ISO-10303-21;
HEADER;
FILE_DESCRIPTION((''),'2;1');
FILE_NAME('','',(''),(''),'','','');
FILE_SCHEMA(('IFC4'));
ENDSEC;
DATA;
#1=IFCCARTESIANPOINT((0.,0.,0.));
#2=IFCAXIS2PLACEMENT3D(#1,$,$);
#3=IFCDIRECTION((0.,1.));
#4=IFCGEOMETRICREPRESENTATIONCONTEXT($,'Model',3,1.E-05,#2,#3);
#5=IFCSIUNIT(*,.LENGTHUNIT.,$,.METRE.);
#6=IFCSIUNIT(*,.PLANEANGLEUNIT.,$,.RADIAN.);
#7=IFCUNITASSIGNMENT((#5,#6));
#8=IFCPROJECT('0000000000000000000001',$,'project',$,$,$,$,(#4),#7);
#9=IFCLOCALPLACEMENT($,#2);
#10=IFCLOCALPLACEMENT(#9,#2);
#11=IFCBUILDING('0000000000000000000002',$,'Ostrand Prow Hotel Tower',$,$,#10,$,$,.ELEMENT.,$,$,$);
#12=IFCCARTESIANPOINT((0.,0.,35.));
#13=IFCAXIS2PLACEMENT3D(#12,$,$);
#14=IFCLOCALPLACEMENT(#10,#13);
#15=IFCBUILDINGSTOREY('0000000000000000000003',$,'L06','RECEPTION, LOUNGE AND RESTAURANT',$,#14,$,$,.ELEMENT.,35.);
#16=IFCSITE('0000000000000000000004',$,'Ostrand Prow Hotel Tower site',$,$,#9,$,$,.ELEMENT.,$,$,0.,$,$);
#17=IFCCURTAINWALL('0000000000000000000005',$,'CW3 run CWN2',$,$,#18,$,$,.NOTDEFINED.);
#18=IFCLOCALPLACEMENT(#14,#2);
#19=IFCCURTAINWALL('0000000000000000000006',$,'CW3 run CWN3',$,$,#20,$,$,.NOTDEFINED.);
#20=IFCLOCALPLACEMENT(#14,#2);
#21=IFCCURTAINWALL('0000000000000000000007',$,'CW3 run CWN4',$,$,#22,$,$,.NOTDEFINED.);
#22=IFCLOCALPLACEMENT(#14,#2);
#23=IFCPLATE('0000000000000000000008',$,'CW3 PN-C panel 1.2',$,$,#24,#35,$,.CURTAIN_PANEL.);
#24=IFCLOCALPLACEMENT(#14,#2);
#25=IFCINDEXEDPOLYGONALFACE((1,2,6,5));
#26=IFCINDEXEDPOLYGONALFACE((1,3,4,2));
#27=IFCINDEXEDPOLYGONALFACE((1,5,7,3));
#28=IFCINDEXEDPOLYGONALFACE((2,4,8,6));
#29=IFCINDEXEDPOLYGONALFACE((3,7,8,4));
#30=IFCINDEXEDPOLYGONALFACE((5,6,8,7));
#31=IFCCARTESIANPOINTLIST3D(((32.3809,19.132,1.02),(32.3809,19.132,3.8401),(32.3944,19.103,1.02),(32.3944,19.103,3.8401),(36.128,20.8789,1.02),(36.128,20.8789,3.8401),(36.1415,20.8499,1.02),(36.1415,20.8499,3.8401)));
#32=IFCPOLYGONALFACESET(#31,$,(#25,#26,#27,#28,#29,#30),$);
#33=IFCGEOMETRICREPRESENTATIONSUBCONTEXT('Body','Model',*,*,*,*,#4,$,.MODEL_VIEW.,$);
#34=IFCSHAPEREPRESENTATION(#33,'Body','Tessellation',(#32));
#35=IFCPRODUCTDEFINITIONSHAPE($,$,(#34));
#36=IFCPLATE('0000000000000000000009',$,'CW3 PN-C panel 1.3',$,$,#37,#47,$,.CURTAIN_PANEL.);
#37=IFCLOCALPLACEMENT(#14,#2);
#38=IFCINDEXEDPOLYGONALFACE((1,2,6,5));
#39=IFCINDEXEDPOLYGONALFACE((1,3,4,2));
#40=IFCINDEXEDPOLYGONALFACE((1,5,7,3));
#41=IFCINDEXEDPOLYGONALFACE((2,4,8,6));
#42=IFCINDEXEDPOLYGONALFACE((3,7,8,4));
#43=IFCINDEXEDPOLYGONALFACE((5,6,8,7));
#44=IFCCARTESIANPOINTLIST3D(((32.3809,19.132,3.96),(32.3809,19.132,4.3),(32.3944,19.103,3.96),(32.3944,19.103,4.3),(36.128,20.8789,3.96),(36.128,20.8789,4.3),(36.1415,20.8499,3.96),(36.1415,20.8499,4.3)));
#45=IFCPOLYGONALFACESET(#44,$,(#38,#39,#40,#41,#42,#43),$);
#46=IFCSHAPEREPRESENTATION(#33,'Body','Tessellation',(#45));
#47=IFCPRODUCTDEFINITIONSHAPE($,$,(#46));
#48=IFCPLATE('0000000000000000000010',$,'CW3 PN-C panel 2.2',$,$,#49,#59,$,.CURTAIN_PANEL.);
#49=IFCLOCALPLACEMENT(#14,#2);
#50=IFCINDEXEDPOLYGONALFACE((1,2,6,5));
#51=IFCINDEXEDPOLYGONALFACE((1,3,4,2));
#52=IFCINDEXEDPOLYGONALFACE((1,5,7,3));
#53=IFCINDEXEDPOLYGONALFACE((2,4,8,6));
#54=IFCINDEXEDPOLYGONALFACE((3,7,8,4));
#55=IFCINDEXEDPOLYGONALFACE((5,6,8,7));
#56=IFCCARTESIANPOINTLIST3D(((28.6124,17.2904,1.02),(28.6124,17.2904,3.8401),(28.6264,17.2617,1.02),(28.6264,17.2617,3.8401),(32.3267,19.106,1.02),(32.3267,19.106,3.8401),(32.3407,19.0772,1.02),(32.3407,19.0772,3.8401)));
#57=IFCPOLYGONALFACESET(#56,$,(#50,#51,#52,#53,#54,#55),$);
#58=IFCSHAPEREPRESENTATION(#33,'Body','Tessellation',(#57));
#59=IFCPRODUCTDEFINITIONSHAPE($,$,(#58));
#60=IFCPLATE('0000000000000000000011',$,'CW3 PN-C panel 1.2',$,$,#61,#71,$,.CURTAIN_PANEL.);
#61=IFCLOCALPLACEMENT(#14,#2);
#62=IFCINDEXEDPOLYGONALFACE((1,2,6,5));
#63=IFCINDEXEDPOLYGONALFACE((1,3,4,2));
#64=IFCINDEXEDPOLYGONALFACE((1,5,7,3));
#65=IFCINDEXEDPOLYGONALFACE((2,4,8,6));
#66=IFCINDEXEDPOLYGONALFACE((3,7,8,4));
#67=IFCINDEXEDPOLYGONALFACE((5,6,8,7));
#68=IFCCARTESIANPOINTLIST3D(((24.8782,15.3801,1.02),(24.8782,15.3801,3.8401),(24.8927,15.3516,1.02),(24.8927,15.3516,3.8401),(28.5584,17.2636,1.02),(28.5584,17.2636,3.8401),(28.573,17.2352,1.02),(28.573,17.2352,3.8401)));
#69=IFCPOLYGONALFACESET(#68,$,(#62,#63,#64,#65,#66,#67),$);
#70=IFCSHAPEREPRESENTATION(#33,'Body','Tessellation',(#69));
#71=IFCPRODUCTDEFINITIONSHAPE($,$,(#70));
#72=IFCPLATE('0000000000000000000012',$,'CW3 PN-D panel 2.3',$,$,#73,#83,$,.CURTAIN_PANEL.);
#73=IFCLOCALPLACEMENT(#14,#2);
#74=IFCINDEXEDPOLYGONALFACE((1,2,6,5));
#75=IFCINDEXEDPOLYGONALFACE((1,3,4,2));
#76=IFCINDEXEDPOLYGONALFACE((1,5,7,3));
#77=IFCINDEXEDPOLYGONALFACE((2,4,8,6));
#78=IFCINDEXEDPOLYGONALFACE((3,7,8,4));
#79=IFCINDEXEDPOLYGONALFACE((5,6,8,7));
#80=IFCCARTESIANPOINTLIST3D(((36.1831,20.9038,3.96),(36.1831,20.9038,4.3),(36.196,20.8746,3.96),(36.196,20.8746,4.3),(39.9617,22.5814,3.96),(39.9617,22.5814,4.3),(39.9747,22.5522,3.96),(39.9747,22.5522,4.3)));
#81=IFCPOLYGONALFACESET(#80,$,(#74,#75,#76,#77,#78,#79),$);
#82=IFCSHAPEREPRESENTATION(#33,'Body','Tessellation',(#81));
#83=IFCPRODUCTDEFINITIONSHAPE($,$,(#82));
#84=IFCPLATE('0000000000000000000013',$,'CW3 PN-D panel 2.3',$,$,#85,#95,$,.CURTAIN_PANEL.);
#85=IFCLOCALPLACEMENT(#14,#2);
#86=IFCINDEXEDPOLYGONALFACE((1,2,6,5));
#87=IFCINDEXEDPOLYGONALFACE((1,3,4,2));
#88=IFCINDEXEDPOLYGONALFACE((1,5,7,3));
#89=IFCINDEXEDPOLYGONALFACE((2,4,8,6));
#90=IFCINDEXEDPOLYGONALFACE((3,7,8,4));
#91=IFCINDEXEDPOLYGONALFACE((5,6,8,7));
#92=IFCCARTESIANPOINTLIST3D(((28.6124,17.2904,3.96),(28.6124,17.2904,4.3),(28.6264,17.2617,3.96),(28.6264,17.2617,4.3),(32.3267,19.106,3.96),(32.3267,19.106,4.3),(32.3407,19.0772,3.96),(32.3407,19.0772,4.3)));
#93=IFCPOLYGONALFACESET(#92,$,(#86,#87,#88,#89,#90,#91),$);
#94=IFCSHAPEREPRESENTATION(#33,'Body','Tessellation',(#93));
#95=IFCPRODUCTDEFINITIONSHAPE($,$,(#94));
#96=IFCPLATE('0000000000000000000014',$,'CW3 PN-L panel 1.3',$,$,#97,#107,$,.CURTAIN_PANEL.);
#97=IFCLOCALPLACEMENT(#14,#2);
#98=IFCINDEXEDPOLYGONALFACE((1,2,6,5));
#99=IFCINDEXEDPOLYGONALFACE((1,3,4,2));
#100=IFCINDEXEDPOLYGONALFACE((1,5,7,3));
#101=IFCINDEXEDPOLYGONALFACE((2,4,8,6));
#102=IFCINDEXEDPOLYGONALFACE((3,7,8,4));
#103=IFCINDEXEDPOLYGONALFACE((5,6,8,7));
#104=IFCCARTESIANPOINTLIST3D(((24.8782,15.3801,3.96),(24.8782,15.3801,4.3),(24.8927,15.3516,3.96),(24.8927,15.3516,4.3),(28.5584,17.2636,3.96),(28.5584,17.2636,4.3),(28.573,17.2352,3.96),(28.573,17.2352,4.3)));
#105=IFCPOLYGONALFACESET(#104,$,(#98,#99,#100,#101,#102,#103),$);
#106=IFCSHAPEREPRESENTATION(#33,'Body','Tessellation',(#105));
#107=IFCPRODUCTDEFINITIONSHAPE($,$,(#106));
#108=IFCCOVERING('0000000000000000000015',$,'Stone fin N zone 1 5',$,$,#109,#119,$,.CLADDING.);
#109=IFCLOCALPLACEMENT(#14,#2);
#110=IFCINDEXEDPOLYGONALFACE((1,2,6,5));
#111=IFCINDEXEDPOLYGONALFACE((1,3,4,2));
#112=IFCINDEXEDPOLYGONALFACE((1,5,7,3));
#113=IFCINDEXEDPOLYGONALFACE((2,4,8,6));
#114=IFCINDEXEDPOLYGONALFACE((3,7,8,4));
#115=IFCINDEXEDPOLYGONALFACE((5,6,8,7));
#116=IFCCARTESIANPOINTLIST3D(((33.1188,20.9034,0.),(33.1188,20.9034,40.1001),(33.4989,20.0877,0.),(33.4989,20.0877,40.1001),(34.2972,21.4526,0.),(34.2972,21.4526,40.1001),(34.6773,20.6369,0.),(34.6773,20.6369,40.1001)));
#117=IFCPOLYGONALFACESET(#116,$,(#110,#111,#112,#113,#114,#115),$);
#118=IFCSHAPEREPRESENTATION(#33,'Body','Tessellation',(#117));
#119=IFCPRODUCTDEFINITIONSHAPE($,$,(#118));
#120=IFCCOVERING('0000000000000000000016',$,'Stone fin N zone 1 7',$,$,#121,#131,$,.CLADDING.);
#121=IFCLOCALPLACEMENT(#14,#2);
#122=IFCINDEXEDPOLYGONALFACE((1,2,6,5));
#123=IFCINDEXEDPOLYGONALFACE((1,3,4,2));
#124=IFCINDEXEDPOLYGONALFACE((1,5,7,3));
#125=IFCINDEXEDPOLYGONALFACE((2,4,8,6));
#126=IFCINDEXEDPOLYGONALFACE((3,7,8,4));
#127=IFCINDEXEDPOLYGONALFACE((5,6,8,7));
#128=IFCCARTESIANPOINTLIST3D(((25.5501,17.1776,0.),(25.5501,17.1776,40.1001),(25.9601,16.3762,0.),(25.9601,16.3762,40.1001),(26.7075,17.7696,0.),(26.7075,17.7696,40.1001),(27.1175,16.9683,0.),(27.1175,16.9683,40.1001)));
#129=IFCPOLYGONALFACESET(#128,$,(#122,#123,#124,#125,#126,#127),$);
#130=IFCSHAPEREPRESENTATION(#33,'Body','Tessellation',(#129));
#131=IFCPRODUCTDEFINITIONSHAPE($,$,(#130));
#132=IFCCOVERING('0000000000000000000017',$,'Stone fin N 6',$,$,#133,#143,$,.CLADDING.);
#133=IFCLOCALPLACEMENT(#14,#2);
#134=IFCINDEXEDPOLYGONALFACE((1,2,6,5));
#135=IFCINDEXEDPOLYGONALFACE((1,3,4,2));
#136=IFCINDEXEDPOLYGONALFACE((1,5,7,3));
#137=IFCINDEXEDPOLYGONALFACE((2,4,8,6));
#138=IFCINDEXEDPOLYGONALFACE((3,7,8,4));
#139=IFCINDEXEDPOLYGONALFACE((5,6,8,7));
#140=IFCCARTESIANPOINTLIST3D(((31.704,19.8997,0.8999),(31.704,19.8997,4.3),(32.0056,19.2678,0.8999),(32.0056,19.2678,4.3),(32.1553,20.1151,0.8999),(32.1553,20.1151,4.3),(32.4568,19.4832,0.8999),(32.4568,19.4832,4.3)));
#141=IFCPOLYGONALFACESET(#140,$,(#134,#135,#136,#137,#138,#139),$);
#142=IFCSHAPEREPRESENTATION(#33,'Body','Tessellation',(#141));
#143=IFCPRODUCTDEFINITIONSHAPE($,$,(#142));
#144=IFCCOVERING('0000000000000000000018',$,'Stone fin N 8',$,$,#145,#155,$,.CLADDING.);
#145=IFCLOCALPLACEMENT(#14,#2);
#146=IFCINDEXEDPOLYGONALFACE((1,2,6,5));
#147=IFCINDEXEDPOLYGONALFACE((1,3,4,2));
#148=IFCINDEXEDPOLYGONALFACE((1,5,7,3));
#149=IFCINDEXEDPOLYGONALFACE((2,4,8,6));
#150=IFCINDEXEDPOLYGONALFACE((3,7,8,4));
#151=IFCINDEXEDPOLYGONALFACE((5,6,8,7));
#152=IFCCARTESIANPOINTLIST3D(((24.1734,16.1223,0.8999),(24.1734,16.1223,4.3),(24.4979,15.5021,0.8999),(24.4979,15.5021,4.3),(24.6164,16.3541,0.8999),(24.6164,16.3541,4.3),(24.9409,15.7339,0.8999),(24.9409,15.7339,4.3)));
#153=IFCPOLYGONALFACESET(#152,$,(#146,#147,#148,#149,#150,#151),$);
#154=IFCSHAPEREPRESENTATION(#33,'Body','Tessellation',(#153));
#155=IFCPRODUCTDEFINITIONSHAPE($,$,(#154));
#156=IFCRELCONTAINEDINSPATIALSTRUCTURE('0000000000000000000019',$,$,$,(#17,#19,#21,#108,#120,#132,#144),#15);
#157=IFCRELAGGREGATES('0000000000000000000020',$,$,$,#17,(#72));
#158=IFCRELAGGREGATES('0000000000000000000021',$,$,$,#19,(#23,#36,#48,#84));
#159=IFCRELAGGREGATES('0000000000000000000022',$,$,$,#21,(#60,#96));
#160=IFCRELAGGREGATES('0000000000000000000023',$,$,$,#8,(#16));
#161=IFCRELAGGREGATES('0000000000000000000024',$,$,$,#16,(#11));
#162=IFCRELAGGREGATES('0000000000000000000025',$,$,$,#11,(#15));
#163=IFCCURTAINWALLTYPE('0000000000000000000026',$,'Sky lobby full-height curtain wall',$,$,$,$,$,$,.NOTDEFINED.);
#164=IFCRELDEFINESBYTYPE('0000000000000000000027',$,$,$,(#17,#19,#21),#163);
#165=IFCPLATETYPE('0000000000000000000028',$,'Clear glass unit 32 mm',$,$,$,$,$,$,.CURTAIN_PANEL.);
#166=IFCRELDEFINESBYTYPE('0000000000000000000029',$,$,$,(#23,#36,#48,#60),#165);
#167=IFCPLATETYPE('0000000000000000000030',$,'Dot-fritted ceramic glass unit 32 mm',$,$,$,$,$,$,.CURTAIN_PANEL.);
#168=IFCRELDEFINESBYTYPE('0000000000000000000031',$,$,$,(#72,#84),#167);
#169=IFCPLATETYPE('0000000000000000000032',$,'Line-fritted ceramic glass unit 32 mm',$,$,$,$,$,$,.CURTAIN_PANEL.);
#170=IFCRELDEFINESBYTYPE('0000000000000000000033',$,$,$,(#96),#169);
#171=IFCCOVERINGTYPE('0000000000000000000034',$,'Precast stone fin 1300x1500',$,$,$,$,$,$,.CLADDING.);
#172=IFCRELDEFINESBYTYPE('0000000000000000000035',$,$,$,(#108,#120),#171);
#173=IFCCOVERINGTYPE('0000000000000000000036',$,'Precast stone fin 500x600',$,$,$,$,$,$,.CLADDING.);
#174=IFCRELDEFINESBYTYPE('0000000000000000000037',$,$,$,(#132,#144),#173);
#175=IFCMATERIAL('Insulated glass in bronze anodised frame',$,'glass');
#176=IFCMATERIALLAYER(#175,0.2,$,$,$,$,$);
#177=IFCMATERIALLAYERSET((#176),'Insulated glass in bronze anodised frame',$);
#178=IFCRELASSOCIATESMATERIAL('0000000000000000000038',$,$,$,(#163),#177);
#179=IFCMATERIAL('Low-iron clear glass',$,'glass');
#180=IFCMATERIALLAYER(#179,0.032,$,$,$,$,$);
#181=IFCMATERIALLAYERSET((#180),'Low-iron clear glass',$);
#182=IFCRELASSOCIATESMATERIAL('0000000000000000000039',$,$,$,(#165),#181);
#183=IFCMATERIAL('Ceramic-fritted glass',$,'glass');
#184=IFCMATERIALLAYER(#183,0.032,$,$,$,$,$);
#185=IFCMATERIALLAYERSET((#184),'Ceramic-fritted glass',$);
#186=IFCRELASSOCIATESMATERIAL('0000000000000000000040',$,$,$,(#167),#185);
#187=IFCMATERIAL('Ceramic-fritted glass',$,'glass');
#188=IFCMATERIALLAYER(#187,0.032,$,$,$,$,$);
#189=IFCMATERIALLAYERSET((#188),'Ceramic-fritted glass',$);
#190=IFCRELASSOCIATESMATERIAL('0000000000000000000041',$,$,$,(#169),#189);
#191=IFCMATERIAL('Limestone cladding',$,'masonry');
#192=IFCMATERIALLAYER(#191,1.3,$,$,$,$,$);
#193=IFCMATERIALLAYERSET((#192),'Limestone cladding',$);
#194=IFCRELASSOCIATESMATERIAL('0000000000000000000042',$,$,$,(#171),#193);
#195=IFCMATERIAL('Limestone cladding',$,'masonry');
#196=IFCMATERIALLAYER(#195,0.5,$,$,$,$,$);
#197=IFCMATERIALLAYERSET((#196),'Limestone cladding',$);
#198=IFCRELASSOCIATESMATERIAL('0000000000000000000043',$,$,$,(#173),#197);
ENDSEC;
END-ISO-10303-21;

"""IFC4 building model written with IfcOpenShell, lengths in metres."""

from ifc_helpers import new_model, si_unit, direction, frame, frame_2d, origin, origin_2d, place, context, subcontext, project, spatial, rectangle, extrude, material, layer, layer_set, type_object, element, aggregate, save


model = new_model("IFC4")

# Units and contexts
model_context = context("Model", 3, precision=1e-05, world=origin(), true_north=direction((0.0, 1.0)))
body_context = subcontext(model_context, "Body", "Model", "MODEL_VIEW")
ifc_project = project(units=[si_unit("LENGTHUNIT", "METRE"), si_unit("PLANEANGLEUNIT", "RADIAN")], contexts=[model_context])

# Site, building, storey
site_placement = place(None, origin())
site = spatial("IfcSite", under=ifc_project, at=site_placement, Name="Ostrand Prow Hotel Tower site", CompositionType="ELEMENT", RefElevation=0.0)
building_placement = place(site_placement, origin())
building = spatial("IfcBuilding", under=site, at=building_placement, Name="Ostrand Prow Hotel Tower", CompositionType="ELEMENT")
storey_placement = place(building_placement, frame((0.0, 0.0, 35.0)))
storey = spatial("IfcBuildingStorey", under=building, at=storey_placement, Name="L06", Description="RECEPTION, LOUNGE AND RESTAURANT", CompositionType="ELEMENT", Elevation=35.0)

# Curtain wall
ifc_material_1 = material(Name="Insulated glass in bronze anodised frame", Category="glass")
ifc_layer_1 = layer(ifc_material_1, 0.2)
ifc_layer_set_1 = layer_set([ifc_layer_1], Name="Insulated glass in bronze anodised frame")
curtain_wall_type = type_object("IfcCurtainWallType", Name="Sky lobby full-height curtain wall", PredefinedType="NOTDEFINED", material=ifc_layer_set_1)
curtain_wall_1_placement = place(storey_placement, origin())
curtain_wall_1 = element("IfcCurtainWall", 1, at=curtain_wall_1_placement, inside=storey, type_object=curtain_wall_type, Name="CW3 run CWN2", PredefinedType="NOTDEFINED")

# Curtain wall
curtain_wall_2_placement = place(storey_placement, origin())
curtain_wall_2 = element("IfcCurtainWall", 2, at=curtain_wall_2_placement, inside=storey, type_object=curtain_wall_type, Name="CW3 run CWN3", PredefinedType="NOTDEFINED")

# Curtain wall
curtain_wall_3_placement = place(storey_placement, origin())
curtain_wall_3 = element("IfcCurtainWall", 3, at=curtain_wall_3_placement, inside=storey, type_object=curtain_wall_type, Name="CW3 run CWN4", PredefinedType="NOTDEFINED")

# Plates
ifc_material_2 = material(Name="Low-iron clear glass", Category="glass")
ifc_layer_2 = layer(ifc_material_2, 0.032)
ifc_layer_set_2 = layer_set([ifc_layer_2], Name="Low-iron clear glass")
plate_type_1 = type_object("IfcPlateType", Name="Clear glass unit 32 mm", PredefinedType="CURTAIN_PANEL", material=ifc_layer_set_2)
plate_1_placement = place(storey_placement, frame((34.2612, 19.991, 1.02), z_axis=(0.0, 0.0, 1.0), x_axis=(-0.906349, -0.42253, 0.0)))
plate_1 = element("IfcPlate", 4, at=plate_1_placement, type_object=plate_type_1, Name="CW3 PN-C panel 1.2", PredefinedType="CURTAIN_PANEL", context=body_context, shape_type="SweptSolid", body=[
    extrude(rectangle(XDim=4.1343, YDim=0.032, at=origin_2d()), origin(), (0.0, 0.0, 1.0), 2.8201),
])
plate_2_placement = place(storey_placement, frame((34.2612, 19.991, 3.96), z_axis=(0.0, 0.0, 1.0), x_axis=(-0.906349, -0.42253, 0.0)))
plate_2 = element("IfcPlate", 5, at=plate_2_placement, type_object=plate_type_1, Name="CW3 PN-C panel 1.3", PredefinedType="CURTAIN_PANEL", context=body_context, shape_type="SweptSolid", body=[
    extrude(rectangle(XDim=4.1343, YDim=0.032, at=origin_2d()), origin(), (0.0, 0.0, 1.0), 0.3401),
])
plate_3_placement = place(storey_placement, frame((30.4766, 18.1838, 1.02), z_axis=(0.0, 0.0, 1.0), x_axis=(-0.89842, -0.439138, 0.0)))
plate_3 = element("IfcPlate", 6, at=plate_3_placement, type_object=plate_type_1, Name="CW3 PN-C panel 2.2", PredefinedType="CURTAIN_PANEL", context=body_context, shape_type="SweptSolid", body=[
    extrude(rectangle(XDim=4.1343, YDim=0.032, at=origin_2d()), origin(), (0.0, 0.0, 1.0), 2.8201),
])
plate_4_placement = place(storey_placement, frame((26.7256, 16.3076, 1.02), z_axis=(0.0, 0.0, 1.0), x_axis=(-0.890187, -0.455596, 0.0)))
plate_4 = element("IfcPlate", 7, at=plate_4_placement, type_object=plate_type_1, Name="CW3 PN-C panel 1.2", PredefinedType="CURTAIN_PANEL", context=body_context, shape_type="SweptSolid", body=[
    extrude(rectangle(XDim=4.1343, YDim=0.032, at=origin_2d()), origin(), (0.0, 0.0, 1.0), 2.8201),
])
ifc_material_3 = material(Name="Ceramic-fritted glass", Category="glass")
ifc_layer_3 = layer(ifc_material_3, 0.032)
ifc_layer_set_3 = layer_set([ifc_layer_3], Name="Ceramic-fritted glass")
plate_type_2 = type_object("IfcPlateType", Name="Dot-fritted ceramic glass unit 32 mm", PredefinedType="CURTAIN_PANEL", material=ifc_layer_set_3)
plate_5_placement = place(storey_placement, frame((38.0789, 21.728, 3.96), z_axis=(0.0, 0.0, 1.0), x_axis=(-0.913971, -0.40578, 0.0)))
plate_5 = element("IfcPlate", 8, at=plate_5_placement, type_object=plate_type_2, Name="CW3 PN-D panel 2.3", PredefinedType="CURTAIN_PANEL", context=body_context, shape_type="SweptSolid", body=[
    extrude(rectangle(XDim=4.1343, YDim=0.032, at=origin_2d()), origin(), (0.0, 0.0, 1.0), 0.3401),
])
aggregate(curtain_wall_1, [plate_5])
plate_6_placement = place(storey_placement, frame((30.4766, 18.1838, 3.96), z_axis=(0.0, 0.0, 1.0), x_axis=(-0.89842, -0.439138, 0.0)))
plate_6 = element("IfcPlate", 9, at=plate_6_placement, type_object=plate_type_2, Name="CW3 PN-D panel 2.3", PredefinedType="CURTAIN_PANEL", context=body_context, shape_type="SweptSolid", body=[
    extrude(rectangle(XDim=4.1343, YDim=0.032, at=origin_2d()), origin(), (0.0, 0.0, 1.0), 0.3401),
])
aggregate(curtain_wall_2, [plate_1, plate_2, plate_3, plate_6])
ifc_material_4 = material(Name="Ceramic-fritted glass", Category="glass")
ifc_layer_4 = layer(ifc_material_4, 0.032)
ifc_layer_set_4 = layer_set([ifc_layer_4], Name="Ceramic-fritted glass")
plate_type_3 = type_object("IfcPlateType", Name="Line-fritted ceramic glass unit 32 mm", PredefinedType="CURTAIN_PANEL", material=ifc_layer_set_4)
plate_7_placement = place(storey_placement, frame((26.7256, 16.3076, 3.96), z_axis=(0.0, 0.0, 1.0), x_axis=(-0.890187, -0.455596, 0.0)))
plate_7 = element("IfcPlate", 10, at=plate_7_placement, type_object=plate_type_3, Name="CW3 PN-L panel 1.3", PredefinedType="CURTAIN_PANEL", context=body_context, shape_type="SweptSolid", body=[
    extrude(rectangle(XDim=4.1343, YDim=0.032, at=origin_2d()), origin(), (0.0, 0.0, 1.0), 0.3401),
])
aggregate(curtain_wall_3, [plate_4, plate_7])

# Coverings
ifc_material_5 = material(Name="Limestone cladding", Category="masonry")
ifc_layer_5 = layer(ifc_material_5, 1.3)
ifc_layer_set_5 = layer_set([ifc_layer_5], Name="Limestone cladding")
covering_type_1 = type_object("IfcCoveringType", Name="Precast stone fin 1300x1500", PredefinedType="CLADDING", material=ifc_layer_set_5)
covering_1_placement = place(storey_placement, frame((34.0881, 20.3623, 0.0), z_axis=(0.0, 0.0, 1.0), x_axis=(-0.42241, 0.906405, 0.0)))
element("IfcCovering", 11, at=covering_1_placement, inside=storey, type_object=covering_type_1, Name="Stone fin N zone 1 5", PredefinedType="CLADDING", context=body_context, shape_type="SweptSolid", body=[
    extrude(rectangle(XDim=0.8999, YDim=1.3, at=frame_2d((0.45, 0.0))), origin(), (0.0, 0.0, 1.0), 40.1001),
])
covering_2_placement = place(storey_placement, frame((26.5388, 16.6721, 0.0), z_axis=(0.0, 0.0, 1.0), x_axis=(-0.455441, 0.890266, 0.0)))
element("IfcCovering", 12, at=covering_2_placement, inside=storey, type_object=covering_type_1, Name="Stone fin N zone 1 7", PredefinedType="CLADDING", context=body_context, shape_type="SweptSolid", body=[
    extrude(rectangle(XDim=0.9001, YDim=1.3, at=frame_2d((0.4502, 0.0))), origin(), (0.0, 0.0, 1.0), 40.1001),
])
ifc_material_6 = material(Name="Limestone cladding", Category="masonry")
ifc_layer_6 = layer(ifc_material_6, 0.5)
ifc_layer_set_6 = layer_set([ifc_layer_6], Name="Limestone cladding")
covering_type_2 = type_object("IfcCoveringType", Name="Precast stone fin 500x600", PredefinedType="CLADDING", material=ifc_layer_set_6)
covering_3_placement = place(storey_placement, frame((32.2312, 19.3755, 0.8999), z_axis=(0.0, 0.0, 1.0), x_axis=(-0.430678, 0.902506, 0.0)))
element("IfcCovering", 13, at=covering_3_placement, inside=storey, type_object=covering_type_2, Name="Stone fin N 6", PredefinedType="CLADDING", context=body_context, shape_type="SweptSolid", body=[
    extrude(rectangle(XDim=0.7002, YDim=0.5, at=frame_2d((0.3501, 0.0))), origin(), (0.0, 0.0, 1.0), 3.4001),
])
covering_4_placement = place(storey_placement, frame((24.7195, 15.6179, 0.8999), z_axis=(0.0, 0.0, 1.0), x_axis=(-0.463603, 0.886043, 0.0)))
element("IfcCovering", 14, at=covering_4_placement, inside=storey, type_object=covering_type_2, Name="Stone fin N 8", PredefinedType="CLADDING", context=body_context, shape_type="SweptSolid", body=[
    extrude(rectangle(XDim=0.7, YDim=0.5, at=frame_2d((0.3501, 0.0))), origin(), (0.0, 0.0, 1.0), 3.4001),
])

save(model, "model.ifc")
